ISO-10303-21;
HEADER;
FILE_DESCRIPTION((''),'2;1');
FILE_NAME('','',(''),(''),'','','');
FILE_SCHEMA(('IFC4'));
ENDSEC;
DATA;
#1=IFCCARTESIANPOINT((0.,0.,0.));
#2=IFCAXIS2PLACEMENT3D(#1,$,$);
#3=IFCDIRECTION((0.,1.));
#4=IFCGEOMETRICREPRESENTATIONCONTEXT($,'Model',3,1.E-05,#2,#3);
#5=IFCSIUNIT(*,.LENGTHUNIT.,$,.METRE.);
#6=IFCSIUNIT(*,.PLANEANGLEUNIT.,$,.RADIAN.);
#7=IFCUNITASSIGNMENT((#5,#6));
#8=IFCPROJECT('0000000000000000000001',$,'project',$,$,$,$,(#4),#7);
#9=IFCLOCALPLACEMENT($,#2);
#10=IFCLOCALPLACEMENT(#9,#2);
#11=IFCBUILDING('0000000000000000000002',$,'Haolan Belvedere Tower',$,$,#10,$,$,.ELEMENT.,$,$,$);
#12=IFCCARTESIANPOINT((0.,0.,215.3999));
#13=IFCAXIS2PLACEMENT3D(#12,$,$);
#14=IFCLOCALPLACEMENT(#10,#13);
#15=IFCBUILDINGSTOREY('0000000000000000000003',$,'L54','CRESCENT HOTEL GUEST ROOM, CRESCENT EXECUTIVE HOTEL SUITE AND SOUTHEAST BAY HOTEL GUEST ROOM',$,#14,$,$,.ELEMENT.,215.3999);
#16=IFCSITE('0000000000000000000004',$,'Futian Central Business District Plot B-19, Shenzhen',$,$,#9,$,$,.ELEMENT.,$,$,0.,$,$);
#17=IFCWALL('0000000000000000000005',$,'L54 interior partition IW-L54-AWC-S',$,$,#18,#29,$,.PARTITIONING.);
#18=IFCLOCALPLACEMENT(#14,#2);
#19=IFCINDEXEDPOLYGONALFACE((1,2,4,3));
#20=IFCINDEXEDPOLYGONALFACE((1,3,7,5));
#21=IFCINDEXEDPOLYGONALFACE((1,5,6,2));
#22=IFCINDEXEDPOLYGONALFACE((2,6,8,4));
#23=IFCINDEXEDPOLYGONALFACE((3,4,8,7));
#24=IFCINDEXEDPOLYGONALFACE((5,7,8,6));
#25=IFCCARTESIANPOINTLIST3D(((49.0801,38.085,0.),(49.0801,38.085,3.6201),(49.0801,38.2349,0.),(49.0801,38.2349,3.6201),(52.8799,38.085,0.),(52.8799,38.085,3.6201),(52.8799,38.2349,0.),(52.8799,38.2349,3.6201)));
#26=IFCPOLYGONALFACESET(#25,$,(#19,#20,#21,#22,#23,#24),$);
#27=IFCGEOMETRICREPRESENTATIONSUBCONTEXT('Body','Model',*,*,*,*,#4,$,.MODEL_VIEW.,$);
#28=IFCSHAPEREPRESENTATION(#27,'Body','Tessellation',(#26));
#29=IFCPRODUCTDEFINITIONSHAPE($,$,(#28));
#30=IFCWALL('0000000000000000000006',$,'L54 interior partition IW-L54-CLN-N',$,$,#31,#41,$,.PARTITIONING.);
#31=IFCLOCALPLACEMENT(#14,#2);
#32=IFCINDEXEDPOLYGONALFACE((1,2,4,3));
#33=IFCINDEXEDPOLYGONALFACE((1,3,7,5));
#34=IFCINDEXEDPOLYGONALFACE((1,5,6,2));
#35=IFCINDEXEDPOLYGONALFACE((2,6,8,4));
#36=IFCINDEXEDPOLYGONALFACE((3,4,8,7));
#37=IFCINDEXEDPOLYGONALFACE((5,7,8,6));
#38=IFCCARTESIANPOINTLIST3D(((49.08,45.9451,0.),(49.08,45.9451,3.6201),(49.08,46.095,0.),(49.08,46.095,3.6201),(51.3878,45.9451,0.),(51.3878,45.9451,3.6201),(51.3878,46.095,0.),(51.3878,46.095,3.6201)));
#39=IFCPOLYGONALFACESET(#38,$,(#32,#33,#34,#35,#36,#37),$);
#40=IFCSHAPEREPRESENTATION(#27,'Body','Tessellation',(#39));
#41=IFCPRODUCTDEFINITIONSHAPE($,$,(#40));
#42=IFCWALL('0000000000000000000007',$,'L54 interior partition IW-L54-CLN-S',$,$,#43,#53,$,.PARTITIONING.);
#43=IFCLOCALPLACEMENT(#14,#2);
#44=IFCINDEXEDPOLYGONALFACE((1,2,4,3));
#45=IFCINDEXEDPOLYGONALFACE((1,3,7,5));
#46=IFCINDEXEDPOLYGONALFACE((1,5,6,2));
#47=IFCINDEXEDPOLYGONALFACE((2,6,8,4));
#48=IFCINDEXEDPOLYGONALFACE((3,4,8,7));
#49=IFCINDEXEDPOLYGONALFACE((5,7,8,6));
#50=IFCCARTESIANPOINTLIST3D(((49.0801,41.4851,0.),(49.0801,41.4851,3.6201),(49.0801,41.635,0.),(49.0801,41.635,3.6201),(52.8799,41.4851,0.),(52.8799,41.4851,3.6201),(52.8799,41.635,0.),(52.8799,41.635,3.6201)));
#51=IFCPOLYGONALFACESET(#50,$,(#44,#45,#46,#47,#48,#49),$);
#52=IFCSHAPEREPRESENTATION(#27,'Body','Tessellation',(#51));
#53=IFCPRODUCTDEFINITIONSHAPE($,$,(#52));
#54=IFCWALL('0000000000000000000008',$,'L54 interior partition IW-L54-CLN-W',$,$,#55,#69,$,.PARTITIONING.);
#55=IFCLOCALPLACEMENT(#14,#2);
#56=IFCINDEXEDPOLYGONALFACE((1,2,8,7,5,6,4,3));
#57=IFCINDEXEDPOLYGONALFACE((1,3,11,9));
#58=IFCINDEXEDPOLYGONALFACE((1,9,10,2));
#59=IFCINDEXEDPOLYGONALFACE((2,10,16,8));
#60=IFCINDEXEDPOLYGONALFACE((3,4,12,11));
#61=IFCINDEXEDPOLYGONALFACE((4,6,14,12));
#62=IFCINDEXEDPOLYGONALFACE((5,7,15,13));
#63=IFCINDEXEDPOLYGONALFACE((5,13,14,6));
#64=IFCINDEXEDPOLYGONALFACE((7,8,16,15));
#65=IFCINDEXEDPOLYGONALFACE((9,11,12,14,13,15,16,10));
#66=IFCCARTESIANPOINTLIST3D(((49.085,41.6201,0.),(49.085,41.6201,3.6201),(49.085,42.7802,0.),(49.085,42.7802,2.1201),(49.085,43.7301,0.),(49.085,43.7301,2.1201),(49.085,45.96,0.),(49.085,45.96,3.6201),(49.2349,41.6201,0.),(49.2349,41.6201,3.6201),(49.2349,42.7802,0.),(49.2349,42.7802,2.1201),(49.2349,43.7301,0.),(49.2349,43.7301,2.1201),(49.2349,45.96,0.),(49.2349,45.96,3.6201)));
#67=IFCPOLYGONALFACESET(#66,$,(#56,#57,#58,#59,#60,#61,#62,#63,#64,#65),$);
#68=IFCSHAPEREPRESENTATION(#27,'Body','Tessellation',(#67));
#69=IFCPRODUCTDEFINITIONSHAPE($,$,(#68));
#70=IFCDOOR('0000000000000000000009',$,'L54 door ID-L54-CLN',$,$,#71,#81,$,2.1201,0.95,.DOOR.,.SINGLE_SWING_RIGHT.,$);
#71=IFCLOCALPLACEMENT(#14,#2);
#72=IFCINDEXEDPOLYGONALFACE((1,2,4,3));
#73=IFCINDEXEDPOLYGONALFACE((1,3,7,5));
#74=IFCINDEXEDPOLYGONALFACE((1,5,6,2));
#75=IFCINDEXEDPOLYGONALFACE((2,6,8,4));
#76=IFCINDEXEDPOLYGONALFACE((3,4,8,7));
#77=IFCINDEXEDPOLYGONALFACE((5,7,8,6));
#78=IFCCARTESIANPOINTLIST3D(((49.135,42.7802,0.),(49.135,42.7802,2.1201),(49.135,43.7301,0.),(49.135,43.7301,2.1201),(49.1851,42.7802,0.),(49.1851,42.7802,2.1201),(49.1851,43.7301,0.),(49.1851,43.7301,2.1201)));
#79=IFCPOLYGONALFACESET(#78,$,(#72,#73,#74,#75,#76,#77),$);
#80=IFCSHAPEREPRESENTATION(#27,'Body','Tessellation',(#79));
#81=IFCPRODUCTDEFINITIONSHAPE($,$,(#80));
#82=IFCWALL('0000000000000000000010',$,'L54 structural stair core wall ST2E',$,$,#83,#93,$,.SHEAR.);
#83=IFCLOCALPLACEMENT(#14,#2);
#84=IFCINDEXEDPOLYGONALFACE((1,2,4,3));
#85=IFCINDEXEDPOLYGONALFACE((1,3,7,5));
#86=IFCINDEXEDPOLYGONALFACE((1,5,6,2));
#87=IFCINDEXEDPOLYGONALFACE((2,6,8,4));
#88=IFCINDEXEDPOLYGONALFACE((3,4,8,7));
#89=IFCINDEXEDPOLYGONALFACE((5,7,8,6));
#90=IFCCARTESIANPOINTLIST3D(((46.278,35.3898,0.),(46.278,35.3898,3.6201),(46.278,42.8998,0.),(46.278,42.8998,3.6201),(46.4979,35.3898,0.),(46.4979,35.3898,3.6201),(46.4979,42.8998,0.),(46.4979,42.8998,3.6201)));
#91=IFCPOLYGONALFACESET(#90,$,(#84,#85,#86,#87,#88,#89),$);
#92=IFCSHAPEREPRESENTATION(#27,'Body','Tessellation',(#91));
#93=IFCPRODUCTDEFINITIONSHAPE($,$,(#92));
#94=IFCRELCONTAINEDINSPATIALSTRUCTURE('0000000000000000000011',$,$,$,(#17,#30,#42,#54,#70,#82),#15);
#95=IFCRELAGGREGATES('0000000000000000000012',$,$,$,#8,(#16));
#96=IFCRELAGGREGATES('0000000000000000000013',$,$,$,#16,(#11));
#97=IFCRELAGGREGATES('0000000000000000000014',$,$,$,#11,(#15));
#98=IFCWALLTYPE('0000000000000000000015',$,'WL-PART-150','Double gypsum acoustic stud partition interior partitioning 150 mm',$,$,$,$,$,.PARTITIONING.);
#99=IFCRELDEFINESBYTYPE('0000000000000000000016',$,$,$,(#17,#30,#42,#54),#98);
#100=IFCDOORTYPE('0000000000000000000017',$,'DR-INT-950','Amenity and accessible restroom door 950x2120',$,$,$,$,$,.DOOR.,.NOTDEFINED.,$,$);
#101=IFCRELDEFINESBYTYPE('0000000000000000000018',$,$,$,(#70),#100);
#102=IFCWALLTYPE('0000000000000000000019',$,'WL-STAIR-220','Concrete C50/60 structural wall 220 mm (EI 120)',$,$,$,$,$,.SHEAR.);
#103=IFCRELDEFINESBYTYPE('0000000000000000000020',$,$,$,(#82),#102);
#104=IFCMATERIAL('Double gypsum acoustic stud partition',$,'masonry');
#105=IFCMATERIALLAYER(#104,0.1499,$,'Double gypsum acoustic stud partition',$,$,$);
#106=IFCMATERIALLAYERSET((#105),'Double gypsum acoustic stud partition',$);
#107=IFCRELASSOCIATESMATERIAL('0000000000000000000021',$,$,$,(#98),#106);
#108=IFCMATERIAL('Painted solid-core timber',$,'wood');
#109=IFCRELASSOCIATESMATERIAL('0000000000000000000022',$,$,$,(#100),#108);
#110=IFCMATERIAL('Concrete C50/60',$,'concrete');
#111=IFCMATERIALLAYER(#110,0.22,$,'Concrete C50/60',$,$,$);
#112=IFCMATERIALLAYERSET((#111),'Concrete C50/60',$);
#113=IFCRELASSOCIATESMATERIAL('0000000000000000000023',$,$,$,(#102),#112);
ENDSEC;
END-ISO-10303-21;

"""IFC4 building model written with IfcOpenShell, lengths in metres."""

from ifc_helpers import new_model, si_unit, direction, frame, frame_2d, origin, place, context, subcontext, project, spatial, rectangle, extrude, material, layer, layer_set, type_object, element, fill, save


model = new_model("IFC4")

# Units and contexts
model_context = context("Model", 3, precision=1e-05, world=origin(), true_north=direction((0.0, 1.0)))
body_context = subcontext(model_context, "Body", "Model", "MODEL_VIEW")
ifc_project = project(units=[si_unit("LENGTHUNIT", "METRE"), si_unit("PLANEANGLEUNIT", "RADIAN")], contexts=[model_context])

# Site, building, storey
site_placement = place(None, origin())
site = spatial("IfcSite", under=ifc_project, at=site_placement, Name="Futian Central Business District Plot B-19, Shenzhen", CompositionType="ELEMENT", RefElevation=0.0)
building_placement = place(site_placement, origin())
building = spatial("IfcBuilding", under=site, at=building_placement, Name="Haolan Belvedere Tower", CompositionType="ELEMENT")
storey_placement = place(building_placement, frame((0.0, 0.0, 215.3999)))
storey = spatial("IfcBuildingStorey", under=building, at=storey_placement, Name="L54", Description="CRESCENT HOTEL GUEST ROOM, CRESCENT EXECUTIVE HOTEL SUITE AND SOUTHEAST BAY HOTEL GUEST ROOM", CompositionType="ELEMENT", Elevation=215.3999)

# Wall
ifc_material_1 = material(Name="Double gypsum acoustic stud partition", Category="masonry")
ifc_layer_1 = layer(ifc_material_1, 0.1499, Name="Double gypsum acoustic stud partition")
ifc_layer_set_1 = layer_set([ifc_layer_1], Name="Double gypsum acoustic stud partition")
wall_type_1 = type_object("IfcWallType", Name="WL-PART-150", Description="Double gypsum acoustic stud partition interior partitioning 150 mm", PredefinedType="PARTITIONING", material=ifc_layer_set_1)
for number, where, z_axis, x_axis, name in (
    (1, (49.0801, 38.1599, 0.0), (0.0, 0.0, 1.0), (1.0, 0.0, 0.0), "L54 interior partition IW-L54-AWC-S"),
):
    element("IfcWall", number, at=place(storey_placement, frame(where, z_axis=z_axis, x_axis=x_axis)), inside=storey, type_object=wall_type_1, Name=name, PredefinedType="PARTITIONING", context=body_context, shape_type="SweptSolid", body=[
        extrude(rectangle(XDim=3.7998, YDim=0.1499, at=frame_2d((1.8999, 0.0))), origin(), (0.0, 0.0, 1.0), 3.6201),
    ])

# Shared definitions
ifc_material_2 = material(Name="Painted solid-core timber", Category="wood")
door_type = type_object("IfcDoorType", Name="DR-INT-950", Description="Amenity and accessible restroom door 950x2120", OperationType="NOTDEFINED", PredefinedType="DOOR", material=ifc_material_2)

# Walls
wall_1_placement = place(storey_placement, frame((49.0801, 46.02, 0.0), z_axis=(0.0, 0.0, 1.0), x_axis=(1.0, 0.0, 0.0)))
element("IfcWall", 2, at=wall_1_placement, inside=storey, type_object=wall_type_1, Name="L54 interior partition IW-L54-CLN-N", PredefinedType="PARTITIONING", context=body_context, shape_type="SweptSolid", body=[
    extrude(rectangle(XDim=2.3079, YDim=0.1499, at=frame_2d((1.1538, 0.0))), origin(), (0.0, 0.0, 1.0), 3.6201),
])
wall_2_placement = place(storey_placement, frame((49.0801, 41.5601, 0.0), z_axis=(0.0, 0.0, 1.0), x_axis=(1.0, 0.0, 0.0)))
element("IfcWall", 3, at=wall_2_placement, inside=storey, type_object=wall_type_1, Name="L54 interior partition IW-L54-CLN-S", PredefinedType="PARTITIONING", context=body_context, shape_type="SweptSolid", body=[
    extrude(rectangle(XDim=3.7998, YDim=0.1499, at=frame_2d((1.8999, 0.0))), origin(), (0.0, 0.0, 1.0), 3.6201),
])

# Wall, opening, door
wall_3_placement = place(storey_placement, frame((49.1599, 41.6201, 0.0), z_axis=(0.0, 0.0, 1.0), x_axis=(0.0, 1.0, 0.0)))
wall_3 = element("IfcWall", 4, at=wall_3_placement, inside=storey, type_object=wall_type_1, Name="L54 interior partition IW-L54-CLN-W", PredefinedType="PARTITIONING", context=body_context, shape_type="SweptSolid", body=[
    extrude(rectangle(XDim=4.3398, YDim=0.1499, at=frame_2d((2.1699, 0.0))), origin(), (0.0, 0.0, 1.0), 3.6201),
])
opening_1_placement = place(wall_3_placement, frame((1.1599, 0.0, 0.0)))
opening_1 = element("IfcOpeningElement", 5, at=opening_1_placement, cuts=wall_3, PredefinedType="OPENING", context=body_context, shape_type="SweptSolid", body=[
    extrude(rectangle(XDim=0.95, YDim=2.1201, at=frame_2d((0.4751, 1.0601))), frame((0.0, 0.085, 0.0), z_axis=(0.0, -1.0, 0.0), x_axis=(1.0, 0.0, 0.0)), (0.0, 0.0, 1.0), 0.1699),
])
door_1_placement = place(opening_1_placement, origin())
door_1 = element("IfcDoor", 6, at=door_1_placement, inside=storey, type_object=door_type, Name="L54 door ID-L54-CLN", OperationType="SINGLE_SWING_RIGHT", OverallHeight=2.1201, OverallWidth=0.95, PredefinedType="DOOR", context=body_context, shape_type="SweptSolid", body=[
    extrude(rectangle(XDim=0.95, YDim=2.1201, at=frame_2d((0.4751, 1.0601))), frame((0.0, 0.0249, 0.0), z_axis=(0.0, -1.0, 0.0), x_axis=(1.0, 0.0, 0.0)), (0.0, 0.0, 1.0), 0.05),
])
fill(opening_1, door_1)

# Wall
ifc_material_3 = material(Name="Concrete C50/60", Category="concrete")
ifc_layer_2 = layer(ifc_material_3, 0.22, Name="Concrete C50/60")
ifc_layer_set_2 = layer_set([ifc_layer_2], Name="Concrete C50/60")
wall_type_2 = type_object("IfcWallType", Name="WL-STAIR-220", Description="Concrete C50/60 structural wall 220 mm (EI 120)", PredefinedType="SHEAR", material=ifc_layer_set_2)
wall_4_placement = place(storey_placement, frame((46.3879, 35.3899, 0.0), z_axis=(0.0, 0.0, 1.0), x_axis=(0.0, 1.0, 0.0)))
element("IfcWall", 7, at=wall_4_placement, inside=storey, type_object=wall_type_2, Name="L54 structural stair core wall ST2E", PredefinedType="SHEAR", context=body_context, shape_type="SweptSolid", body=[
    extrude(rectangle(XDim=7.51, YDim=0.22, at=frame_2d((3.7549, 0.0))), origin(), (0.0, 0.0, 1.0), 3.6201),
])

save(model, "model.ifc")
